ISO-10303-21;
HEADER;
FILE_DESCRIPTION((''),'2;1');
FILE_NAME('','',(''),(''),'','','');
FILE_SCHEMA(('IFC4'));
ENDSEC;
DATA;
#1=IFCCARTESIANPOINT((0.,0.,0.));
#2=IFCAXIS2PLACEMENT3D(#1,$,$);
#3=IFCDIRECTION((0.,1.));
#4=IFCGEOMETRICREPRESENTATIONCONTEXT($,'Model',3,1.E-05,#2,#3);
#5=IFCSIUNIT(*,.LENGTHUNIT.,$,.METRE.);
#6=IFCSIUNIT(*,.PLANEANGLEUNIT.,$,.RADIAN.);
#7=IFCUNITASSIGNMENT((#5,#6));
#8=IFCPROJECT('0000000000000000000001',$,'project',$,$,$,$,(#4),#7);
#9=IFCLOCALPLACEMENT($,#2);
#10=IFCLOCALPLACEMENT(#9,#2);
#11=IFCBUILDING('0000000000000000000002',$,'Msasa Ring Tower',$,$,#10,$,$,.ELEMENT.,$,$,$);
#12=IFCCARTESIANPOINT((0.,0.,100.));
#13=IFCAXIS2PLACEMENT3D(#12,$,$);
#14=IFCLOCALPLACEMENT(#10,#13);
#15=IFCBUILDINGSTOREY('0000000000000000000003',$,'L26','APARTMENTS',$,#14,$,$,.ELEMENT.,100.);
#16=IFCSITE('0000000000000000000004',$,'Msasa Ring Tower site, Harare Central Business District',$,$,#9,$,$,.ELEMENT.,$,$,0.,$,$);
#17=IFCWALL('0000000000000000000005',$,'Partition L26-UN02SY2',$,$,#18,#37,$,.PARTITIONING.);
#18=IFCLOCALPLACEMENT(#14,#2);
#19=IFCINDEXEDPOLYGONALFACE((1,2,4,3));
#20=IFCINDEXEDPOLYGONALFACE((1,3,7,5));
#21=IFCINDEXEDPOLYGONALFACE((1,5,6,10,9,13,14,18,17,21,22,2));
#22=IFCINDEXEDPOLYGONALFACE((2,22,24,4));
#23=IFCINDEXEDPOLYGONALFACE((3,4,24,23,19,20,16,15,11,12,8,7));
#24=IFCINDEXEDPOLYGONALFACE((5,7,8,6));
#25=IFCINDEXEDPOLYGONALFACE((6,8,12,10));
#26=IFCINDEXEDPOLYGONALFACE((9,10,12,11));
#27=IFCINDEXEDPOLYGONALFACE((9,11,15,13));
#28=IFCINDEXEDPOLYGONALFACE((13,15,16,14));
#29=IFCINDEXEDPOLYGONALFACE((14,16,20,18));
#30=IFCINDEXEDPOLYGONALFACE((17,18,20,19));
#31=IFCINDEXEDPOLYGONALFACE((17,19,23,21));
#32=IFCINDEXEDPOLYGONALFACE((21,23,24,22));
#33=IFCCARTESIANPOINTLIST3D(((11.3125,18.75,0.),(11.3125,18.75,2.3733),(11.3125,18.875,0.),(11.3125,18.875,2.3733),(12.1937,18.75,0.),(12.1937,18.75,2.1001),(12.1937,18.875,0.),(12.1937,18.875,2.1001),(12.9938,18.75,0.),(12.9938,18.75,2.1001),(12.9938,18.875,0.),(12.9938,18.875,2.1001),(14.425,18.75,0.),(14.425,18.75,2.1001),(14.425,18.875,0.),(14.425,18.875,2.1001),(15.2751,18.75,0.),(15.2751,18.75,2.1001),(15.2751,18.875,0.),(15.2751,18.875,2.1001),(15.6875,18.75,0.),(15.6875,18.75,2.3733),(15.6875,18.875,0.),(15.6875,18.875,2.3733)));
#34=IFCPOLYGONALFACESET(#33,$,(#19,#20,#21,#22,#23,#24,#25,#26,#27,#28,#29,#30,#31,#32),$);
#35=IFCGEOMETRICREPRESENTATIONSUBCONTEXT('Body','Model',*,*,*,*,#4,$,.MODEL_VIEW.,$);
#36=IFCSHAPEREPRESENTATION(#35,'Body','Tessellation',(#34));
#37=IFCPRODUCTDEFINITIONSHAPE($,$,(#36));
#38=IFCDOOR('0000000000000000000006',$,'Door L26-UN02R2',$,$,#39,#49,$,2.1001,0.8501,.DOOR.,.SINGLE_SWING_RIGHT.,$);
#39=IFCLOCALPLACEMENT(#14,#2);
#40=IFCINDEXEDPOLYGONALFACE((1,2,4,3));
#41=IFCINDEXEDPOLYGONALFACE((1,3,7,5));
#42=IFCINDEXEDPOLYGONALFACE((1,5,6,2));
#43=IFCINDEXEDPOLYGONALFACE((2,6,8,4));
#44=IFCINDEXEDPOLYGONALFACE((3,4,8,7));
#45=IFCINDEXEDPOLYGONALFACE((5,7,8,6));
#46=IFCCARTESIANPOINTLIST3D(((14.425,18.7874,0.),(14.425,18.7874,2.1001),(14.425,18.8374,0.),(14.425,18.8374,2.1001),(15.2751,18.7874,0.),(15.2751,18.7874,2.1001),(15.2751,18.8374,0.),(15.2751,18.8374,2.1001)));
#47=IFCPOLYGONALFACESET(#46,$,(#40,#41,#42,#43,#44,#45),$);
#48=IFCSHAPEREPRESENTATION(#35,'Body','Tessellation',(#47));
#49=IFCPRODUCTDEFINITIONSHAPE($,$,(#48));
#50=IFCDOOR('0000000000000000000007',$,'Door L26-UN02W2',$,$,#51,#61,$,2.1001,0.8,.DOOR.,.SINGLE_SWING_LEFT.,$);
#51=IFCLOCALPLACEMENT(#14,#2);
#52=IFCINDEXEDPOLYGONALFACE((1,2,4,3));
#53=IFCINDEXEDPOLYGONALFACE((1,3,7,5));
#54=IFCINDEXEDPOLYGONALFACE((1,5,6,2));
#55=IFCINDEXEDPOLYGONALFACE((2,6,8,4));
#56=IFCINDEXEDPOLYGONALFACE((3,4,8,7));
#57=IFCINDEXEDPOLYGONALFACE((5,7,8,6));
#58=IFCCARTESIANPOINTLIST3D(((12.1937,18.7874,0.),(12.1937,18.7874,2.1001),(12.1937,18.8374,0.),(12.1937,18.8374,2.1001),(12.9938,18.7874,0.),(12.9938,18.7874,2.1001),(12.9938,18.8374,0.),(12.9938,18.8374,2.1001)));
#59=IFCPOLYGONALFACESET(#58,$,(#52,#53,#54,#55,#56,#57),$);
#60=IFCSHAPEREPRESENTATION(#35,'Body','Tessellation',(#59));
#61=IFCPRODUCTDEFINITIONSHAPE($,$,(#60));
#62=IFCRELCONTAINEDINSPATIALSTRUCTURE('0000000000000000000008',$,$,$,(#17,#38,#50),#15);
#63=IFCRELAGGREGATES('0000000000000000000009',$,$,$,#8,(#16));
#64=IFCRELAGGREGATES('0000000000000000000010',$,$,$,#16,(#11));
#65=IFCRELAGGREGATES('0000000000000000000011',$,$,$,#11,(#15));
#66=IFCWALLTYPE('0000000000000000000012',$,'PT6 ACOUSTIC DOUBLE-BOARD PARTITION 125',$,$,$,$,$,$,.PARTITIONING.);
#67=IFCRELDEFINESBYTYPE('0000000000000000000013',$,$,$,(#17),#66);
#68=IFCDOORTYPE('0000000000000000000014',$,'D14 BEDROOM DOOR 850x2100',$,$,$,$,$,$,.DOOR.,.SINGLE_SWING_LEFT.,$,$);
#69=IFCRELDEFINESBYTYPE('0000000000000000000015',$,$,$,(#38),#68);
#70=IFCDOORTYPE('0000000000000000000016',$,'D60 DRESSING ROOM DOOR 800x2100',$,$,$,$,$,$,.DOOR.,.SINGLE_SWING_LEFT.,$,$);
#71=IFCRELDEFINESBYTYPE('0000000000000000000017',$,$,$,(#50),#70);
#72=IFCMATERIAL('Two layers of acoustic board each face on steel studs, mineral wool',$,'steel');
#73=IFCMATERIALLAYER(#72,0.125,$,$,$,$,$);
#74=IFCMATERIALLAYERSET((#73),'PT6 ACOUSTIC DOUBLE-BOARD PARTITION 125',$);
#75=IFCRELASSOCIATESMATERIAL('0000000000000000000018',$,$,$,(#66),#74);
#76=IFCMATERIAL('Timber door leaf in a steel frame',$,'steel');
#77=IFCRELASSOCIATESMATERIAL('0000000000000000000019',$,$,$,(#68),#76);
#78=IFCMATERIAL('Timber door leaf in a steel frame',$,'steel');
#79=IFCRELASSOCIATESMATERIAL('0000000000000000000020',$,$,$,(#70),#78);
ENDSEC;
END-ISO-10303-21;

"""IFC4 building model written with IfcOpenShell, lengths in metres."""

from ifc_helpers import new_model, si_unit, direction, frame, frame_2d, origin, place, context, subcontext, project, spatial, rectangle, extrude, material, layer, layer_set, type_object, element, fill, save


model = new_model("IFC4")

# Units and contexts
model_context = context("Model", 3, precision=1e-05, world=origin(), true_north=direction((0.0, 1.0)))
body_context = subcontext(model_context, "Body", "Model", "MODEL_VIEW")
ifc_project = project(units=[si_unit("LENGTHUNIT", "METRE"), si_unit("PLANEANGLEUNIT", "RADIAN")], contexts=[model_context])

# Site, building, storey
site_placement = place(None, origin())
site = spatial("IfcSite", under=ifc_project, at=site_placement, Name="Msasa Ring Tower site, Harare Central Business District", CompositionType="ELEMENT", RefElevation=0.0)
building_placement = place(site_placement, origin())
building = spatial("IfcBuilding", under=site, at=building_placement, Name="Msasa Ring Tower", CompositionType="ELEMENT")
storey_placement = place(building_placement, frame((0.0, 0.0, 100.0)))
storey = spatial("IfcBuildingStorey", under=building, at=storey_placement, Name="L26", Description="APARTMENTS", CompositionType="ELEMENT", Elevation=100.0)

# Shared definitions
ifc_material_1 = material(Name="Two layers of acoustic board each face on steel studs, mineral wool", Category="steel")
ifc_layer_1 = layer(ifc_material_1, 0.125)
ifc_layer_set_1 = layer_set([ifc_layer_1], Name="PT6 ACOUSTIC DOUBLE-BOARD PARTITION 125")
wall_type_1 = type_object("IfcWallType", Name="PT6 ACOUSTIC DOUBLE-BOARD PARTITION 125", PredefinedType="PARTITIONING", material=ifc_layer_set_1)

# Shared definitions
ifc_material_2 = material(Name="Timber door leaf in a steel frame", Category="steel")
door_type_1 = type_object("IfcDoorType", Name="D14 BEDROOM DOOR 850x2100", OperationType="SINGLE_SWING_LEFT", PredefinedType="DOOR", material=ifc_material_2)
ifc_material_3 = material(Name="Timber door leaf in a steel frame", Category="steel")
door_type_2 = type_object("IfcDoorType", Name="D60 DRESSING ROOM DOOR 800x2100", OperationType="SINGLE_SWING_LEFT", PredefinedType="DOOR", material=ifc_material_3)

# Wall, openings, doors
wall_1_placement = place(storey_placement, frame((11.3125, 18.8125, 0.0), z_axis=(0.0, 0.0, 1.0), x_axis=(1.0, 0.0, 0.0)))
wall_1 = element("IfcWall", 1, at=wall_1_placement, inside=storey, type_object=wall_type_1, Name="Partition L26-UN02SY2", PredefinedType="PARTITIONING", context=body_context, shape_type="SweptSolid", body=[
    extrude(rectangle(XDim=4.375, YDim=0.125, at=frame_2d((2.1875, 0.0))), origin(), (0.0, 0.0, 1.0), 2.3733),
])
opening_1_placement = place(wall_1_placement, frame((3.1125, 0.0, 0.0)))
opening_1 = element("IfcOpeningElement", 2, at=opening_1_placement, cuts=wall_1, PredefinedType="OPENING", context=body_context, shape_type="SweptSolid", body=[
    extrude(rectangle(XDim=0.8501, YDim=2.1001, at=frame_2d((0.425, 1.05))), frame((0.0, 0.0725, 0.0), z_axis=(0.0, -1.0, 0.0), x_axis=(1.0, 0.0, 0.0)), (0.0, 0.0, 1.0), 0.145),
])
opening_2_placement = place(wall_1_placement, frame((0.8813, 0.0, 0.0)))
opening_2 = element("IfcOpeningElement", 3, at=opening_2_placement, cuts=wall_1, PredefinedType="OPENING", context=body_context, shape_type="SweptSolid", body=[
    extrude(rectangle(XDim=0.8, YDim=2.1001, at=frame_2d((0.3999, 1.05))), frame((0.0, 0.0725, 0.0), z_axis=(0.0, -1.0, 0.0), x_axis=(1.0, 0.0, 0.0)), (0.0, 0.0, 1.0), 0.145),
])
door_1_placement = place(opening_1_placement, origin())
door_1 = element("IfcDoor", 4, at=door_1_placement, inside=storey, type_object=door_type_1, Name="Door L26-UN02R2", OperationType="SINGLE_SWING_RIGHT", OverallHeight=2.1001, OverallWidth=0.8501, PredefinedType="DOOR", context=body_context, shape_type="SweptSolid", body=[
    extrude(rectangle(XDim=0.8501, YDim=2.1001, at=frame_2d((0.425, 1.05))), frame((0.0, 0.0249, 0.0), z_axis=(0.0, -1.0, 0.0), x_axis=(1.0, 0.0, 0.0)), (0.0, 0.0, 1.0), 0.05),
])
fill(opening_1, door_1)
door_2_placement = place(opening_2_placement, origin())
door_2 = element("IfcDoor", 5, at=door_2_placement, inside=storey, type_object=door_type_2, Name="Door L26-UN02W2", OperationType="SINGLE_SWING_LEFT", OverallHeight=2.1001, OverallWidth=0.8, PredefinedType="DOOR", context=body_context, shape_type="SweptSolid", body=[
    extrude(rectangle(XDim=0.8, YDim=2.1001, at=frame_2d((0.3999, 1.05))), frame((0.0, 0.0249, 0.0), z_axis=(0.0, -1.0, 0.0), x_axis=(1.0, 0.0, 0.0)), (0.0, 0.0, 1.0), 0.05),
])
fill(opening_2, door_2)

save(model, "model.ifc")
